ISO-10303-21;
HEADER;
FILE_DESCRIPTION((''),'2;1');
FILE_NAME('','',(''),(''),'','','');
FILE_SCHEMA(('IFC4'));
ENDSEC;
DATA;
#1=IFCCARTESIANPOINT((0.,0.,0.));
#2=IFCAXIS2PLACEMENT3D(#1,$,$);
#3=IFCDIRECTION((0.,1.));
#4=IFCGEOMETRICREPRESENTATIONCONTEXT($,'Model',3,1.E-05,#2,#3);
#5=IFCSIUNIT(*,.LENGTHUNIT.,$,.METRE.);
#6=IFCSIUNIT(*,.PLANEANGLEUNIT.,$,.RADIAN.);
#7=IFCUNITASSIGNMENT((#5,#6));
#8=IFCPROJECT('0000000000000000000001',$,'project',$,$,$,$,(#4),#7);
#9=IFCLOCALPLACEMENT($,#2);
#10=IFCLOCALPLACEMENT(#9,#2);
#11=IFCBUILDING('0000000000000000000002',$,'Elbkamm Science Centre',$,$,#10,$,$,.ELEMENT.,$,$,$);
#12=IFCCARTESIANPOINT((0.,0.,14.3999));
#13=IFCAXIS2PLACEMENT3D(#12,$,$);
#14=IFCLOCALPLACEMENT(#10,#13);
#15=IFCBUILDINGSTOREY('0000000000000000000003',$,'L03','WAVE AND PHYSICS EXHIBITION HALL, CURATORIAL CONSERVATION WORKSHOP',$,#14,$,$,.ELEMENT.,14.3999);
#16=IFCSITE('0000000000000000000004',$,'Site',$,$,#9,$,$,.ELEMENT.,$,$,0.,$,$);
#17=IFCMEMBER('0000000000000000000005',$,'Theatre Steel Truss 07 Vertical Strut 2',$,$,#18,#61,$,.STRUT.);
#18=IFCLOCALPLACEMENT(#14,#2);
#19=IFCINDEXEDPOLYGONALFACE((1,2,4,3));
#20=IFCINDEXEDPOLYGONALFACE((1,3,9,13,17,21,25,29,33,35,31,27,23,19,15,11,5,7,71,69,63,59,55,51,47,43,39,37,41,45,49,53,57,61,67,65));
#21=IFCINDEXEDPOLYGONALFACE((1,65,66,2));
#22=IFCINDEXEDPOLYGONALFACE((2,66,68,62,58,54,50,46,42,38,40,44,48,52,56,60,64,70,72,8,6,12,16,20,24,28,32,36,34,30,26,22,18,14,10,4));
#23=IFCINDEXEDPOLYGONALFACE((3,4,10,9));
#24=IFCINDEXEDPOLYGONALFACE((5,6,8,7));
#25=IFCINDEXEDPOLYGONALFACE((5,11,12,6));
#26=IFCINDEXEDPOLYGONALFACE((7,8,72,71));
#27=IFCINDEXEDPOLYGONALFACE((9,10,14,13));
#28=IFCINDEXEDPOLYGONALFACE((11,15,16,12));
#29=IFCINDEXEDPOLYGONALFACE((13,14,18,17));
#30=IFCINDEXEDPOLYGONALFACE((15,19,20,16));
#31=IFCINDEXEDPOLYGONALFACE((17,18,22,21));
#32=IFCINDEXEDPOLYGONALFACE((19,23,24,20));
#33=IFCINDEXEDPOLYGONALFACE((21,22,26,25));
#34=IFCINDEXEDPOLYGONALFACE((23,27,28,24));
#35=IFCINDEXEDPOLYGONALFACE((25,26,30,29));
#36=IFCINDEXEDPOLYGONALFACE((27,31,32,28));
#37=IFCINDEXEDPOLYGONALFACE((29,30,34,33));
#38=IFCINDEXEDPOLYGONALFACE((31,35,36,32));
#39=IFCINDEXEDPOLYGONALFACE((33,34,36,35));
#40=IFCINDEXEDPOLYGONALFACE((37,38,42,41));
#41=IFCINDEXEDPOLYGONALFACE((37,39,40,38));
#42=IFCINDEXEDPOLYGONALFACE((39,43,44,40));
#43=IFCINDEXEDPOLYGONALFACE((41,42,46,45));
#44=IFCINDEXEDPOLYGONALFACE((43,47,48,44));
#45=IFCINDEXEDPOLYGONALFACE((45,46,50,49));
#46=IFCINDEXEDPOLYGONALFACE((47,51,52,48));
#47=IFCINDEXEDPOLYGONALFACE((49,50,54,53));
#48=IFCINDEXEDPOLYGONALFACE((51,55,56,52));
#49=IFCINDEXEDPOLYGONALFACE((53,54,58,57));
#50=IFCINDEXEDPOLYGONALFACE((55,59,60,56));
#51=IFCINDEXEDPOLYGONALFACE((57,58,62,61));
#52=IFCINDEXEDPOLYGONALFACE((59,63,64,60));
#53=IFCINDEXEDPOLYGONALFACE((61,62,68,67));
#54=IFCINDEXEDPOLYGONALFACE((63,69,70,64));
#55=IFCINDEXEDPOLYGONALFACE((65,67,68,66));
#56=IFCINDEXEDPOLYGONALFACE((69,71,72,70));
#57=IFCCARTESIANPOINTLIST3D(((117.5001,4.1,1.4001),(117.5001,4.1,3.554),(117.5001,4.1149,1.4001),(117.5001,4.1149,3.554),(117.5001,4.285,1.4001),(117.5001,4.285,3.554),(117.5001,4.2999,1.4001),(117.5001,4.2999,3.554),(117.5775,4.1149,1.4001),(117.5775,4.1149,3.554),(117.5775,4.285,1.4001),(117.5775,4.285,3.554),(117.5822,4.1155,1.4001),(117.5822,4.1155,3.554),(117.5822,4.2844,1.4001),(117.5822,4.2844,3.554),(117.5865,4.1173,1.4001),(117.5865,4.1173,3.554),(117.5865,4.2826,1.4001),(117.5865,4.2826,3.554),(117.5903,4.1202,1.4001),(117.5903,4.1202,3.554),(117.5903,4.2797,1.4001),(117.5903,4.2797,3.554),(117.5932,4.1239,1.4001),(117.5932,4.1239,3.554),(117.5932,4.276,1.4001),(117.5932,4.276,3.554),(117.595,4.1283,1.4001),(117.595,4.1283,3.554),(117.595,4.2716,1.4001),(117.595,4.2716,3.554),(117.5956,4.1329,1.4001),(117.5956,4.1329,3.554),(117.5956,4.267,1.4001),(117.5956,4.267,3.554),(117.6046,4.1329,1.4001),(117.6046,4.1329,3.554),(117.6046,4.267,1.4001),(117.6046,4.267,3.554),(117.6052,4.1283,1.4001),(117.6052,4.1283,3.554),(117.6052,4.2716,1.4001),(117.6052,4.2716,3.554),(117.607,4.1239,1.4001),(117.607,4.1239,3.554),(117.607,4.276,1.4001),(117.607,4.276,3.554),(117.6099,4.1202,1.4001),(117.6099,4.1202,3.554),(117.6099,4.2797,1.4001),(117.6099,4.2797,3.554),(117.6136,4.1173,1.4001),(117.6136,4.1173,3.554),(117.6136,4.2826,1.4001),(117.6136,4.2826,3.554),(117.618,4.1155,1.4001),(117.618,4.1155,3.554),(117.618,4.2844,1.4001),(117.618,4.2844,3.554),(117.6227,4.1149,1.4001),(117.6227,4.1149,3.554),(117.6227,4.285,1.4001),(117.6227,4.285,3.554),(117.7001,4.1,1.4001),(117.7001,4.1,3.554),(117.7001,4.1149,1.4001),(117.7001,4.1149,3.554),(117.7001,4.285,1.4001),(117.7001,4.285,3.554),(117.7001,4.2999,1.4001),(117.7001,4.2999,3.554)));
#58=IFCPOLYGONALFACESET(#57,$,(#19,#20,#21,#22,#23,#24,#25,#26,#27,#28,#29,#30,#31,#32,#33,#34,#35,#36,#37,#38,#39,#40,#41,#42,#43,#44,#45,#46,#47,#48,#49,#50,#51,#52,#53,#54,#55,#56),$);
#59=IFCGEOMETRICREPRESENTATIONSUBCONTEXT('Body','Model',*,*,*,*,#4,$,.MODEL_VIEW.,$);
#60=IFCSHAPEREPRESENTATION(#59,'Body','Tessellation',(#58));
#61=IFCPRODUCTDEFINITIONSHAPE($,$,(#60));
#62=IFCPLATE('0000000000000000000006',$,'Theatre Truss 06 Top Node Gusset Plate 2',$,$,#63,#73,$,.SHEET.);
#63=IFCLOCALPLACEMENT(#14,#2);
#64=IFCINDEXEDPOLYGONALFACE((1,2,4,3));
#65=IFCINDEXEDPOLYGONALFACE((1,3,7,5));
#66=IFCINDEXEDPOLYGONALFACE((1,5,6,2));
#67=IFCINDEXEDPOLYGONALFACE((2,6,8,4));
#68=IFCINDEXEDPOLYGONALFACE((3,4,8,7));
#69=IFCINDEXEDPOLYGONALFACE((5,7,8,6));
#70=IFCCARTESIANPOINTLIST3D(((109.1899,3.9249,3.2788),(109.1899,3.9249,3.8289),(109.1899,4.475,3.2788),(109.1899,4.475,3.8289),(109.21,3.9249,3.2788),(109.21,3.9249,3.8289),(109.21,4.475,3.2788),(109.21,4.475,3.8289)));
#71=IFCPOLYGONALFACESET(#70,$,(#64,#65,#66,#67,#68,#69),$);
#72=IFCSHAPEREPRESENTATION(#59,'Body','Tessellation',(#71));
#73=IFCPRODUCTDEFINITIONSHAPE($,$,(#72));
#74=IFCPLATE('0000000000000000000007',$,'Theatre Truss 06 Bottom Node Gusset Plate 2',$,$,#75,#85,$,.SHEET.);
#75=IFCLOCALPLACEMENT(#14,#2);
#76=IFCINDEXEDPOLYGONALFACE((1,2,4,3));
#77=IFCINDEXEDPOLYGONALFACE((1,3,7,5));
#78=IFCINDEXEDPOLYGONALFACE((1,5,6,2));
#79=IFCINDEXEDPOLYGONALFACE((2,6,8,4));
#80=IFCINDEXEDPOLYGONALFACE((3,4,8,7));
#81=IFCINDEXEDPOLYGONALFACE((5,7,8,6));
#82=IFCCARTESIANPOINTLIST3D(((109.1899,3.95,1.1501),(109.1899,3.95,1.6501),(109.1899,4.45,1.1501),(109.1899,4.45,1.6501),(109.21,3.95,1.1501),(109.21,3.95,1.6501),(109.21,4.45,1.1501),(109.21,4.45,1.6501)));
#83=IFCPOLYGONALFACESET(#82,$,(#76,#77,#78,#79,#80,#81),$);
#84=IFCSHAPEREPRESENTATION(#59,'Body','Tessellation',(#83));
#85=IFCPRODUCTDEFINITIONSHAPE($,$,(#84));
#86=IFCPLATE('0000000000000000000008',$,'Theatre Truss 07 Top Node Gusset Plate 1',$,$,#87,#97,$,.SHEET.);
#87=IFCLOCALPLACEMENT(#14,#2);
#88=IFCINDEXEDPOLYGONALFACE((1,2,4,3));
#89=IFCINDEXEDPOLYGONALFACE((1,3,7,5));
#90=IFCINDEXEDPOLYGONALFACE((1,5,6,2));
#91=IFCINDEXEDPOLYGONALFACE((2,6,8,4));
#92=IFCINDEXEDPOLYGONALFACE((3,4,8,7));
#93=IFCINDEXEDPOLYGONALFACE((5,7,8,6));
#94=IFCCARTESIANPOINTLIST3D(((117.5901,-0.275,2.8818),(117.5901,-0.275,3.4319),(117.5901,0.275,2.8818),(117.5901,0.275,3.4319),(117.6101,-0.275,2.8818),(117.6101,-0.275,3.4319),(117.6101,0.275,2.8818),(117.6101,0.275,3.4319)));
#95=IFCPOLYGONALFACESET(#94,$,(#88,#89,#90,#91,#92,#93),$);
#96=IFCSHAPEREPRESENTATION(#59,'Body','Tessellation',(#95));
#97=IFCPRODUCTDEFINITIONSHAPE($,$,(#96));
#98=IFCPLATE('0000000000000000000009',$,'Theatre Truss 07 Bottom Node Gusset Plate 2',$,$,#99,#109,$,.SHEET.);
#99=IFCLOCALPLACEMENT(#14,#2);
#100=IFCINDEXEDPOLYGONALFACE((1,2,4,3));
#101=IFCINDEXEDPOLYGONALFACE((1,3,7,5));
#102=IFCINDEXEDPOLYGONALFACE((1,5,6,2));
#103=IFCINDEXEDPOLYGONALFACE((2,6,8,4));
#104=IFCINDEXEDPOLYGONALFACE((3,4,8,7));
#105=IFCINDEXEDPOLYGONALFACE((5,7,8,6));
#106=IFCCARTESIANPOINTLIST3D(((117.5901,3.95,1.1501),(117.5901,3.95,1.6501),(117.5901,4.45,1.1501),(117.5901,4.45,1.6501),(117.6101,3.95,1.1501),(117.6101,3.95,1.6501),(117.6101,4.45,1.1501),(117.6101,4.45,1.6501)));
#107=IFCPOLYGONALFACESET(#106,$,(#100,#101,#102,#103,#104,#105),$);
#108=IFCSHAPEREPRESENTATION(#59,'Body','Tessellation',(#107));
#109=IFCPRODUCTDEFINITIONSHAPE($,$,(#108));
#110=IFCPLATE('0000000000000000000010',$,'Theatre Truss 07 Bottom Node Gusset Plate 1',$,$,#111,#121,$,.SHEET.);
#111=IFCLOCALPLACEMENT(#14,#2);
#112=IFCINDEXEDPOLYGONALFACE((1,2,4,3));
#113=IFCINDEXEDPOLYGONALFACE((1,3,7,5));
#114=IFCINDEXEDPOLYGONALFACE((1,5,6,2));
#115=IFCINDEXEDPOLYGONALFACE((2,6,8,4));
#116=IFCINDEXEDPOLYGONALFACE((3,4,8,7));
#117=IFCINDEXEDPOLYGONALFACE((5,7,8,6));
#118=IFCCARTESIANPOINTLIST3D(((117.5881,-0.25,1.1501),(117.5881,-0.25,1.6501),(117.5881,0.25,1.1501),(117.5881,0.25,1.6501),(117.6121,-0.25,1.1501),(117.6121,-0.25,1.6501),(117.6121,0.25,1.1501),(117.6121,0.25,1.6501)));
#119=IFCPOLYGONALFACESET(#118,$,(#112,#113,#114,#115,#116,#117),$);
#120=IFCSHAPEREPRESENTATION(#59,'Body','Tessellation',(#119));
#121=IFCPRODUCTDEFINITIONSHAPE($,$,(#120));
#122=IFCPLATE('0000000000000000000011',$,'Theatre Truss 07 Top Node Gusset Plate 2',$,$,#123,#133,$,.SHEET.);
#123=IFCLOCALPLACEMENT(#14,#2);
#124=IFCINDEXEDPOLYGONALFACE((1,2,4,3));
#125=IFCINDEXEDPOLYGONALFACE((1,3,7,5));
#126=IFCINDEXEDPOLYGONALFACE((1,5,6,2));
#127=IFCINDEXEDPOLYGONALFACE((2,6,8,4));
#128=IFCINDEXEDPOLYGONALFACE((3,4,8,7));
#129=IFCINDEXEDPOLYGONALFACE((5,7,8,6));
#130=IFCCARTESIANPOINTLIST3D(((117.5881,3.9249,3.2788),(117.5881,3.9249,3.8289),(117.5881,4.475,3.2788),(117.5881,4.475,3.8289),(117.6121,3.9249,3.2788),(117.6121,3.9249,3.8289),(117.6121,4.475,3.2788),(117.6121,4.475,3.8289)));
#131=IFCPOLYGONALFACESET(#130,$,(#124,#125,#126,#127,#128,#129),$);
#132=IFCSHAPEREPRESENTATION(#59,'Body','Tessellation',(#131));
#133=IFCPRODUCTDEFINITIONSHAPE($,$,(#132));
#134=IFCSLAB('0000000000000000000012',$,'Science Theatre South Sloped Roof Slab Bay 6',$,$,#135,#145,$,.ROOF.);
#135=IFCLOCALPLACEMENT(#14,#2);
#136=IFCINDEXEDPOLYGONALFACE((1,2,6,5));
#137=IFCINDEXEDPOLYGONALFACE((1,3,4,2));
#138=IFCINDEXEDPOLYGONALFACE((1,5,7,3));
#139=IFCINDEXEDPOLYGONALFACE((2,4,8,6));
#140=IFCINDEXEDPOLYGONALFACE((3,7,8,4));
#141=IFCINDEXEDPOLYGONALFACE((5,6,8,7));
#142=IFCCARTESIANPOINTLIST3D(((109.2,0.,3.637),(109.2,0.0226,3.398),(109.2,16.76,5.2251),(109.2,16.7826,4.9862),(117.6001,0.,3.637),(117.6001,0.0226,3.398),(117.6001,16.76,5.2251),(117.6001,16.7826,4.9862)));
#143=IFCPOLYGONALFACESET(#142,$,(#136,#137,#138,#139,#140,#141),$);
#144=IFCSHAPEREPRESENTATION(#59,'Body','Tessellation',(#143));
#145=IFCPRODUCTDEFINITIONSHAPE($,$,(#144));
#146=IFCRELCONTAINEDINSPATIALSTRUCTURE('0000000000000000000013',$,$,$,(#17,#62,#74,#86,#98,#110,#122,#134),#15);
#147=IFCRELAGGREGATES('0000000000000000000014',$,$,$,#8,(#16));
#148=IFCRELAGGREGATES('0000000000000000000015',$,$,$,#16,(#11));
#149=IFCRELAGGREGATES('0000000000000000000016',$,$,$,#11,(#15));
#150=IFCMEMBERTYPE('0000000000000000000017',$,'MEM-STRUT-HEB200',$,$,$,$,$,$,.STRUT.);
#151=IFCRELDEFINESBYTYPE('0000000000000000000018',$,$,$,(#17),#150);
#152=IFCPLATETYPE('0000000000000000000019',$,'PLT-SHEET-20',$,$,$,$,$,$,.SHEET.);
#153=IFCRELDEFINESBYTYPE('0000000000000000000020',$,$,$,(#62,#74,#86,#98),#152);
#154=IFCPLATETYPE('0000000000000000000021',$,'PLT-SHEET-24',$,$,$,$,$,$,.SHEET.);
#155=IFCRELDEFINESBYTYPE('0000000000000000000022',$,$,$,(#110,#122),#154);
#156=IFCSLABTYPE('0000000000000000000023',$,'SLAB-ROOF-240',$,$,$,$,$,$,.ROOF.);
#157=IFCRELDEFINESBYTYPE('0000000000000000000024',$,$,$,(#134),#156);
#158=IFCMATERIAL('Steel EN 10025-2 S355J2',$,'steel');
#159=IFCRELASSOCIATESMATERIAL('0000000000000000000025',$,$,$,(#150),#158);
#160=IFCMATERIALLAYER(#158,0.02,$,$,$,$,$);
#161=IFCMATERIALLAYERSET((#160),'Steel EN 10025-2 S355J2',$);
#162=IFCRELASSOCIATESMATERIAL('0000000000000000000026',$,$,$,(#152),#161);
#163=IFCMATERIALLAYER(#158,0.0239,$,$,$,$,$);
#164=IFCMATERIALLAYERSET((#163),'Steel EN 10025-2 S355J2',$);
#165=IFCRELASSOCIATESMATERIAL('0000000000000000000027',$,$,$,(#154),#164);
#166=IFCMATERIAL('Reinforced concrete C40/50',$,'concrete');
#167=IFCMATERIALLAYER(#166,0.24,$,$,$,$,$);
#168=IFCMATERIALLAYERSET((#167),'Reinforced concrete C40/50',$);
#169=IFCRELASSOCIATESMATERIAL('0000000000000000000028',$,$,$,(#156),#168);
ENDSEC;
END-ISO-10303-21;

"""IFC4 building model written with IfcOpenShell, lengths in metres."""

from ifc_helpers import new_model, si_unit, direction, frame, origin, origin_2d, place, context, subcontext, project, spatial, polyline, rectangle, i_section, outline, extrude, material, layer, layer_set, material_profile, profile_set, type_object, element, save


model = new_model("IFC4")

# Units and contexts
model_context = context("Model", 3, precision=1e-05, world=origin(), true_north=direction((0.0, 1.0)))
body_context = subcontext(model_context, "Body", "Model", "MODEL_VIEW")
ifc_project = project(units=[si_unit("LENGTHUNIT", "METRE"), si_unit("PLANEANGLEUNIT", "RADIAN")], contexts=[model_context])

# Site, building, storey
site_placement = place(None, origin())
site = spatial("IfcSite", under=ifc_project, at=site_placement, Name="Site", CompositionType="ELEMENT", RefElevation=0.0)
building_placement = place(site_placement, origin())
building = spatial("IfcBuilding", under=site, at=building_placement, Name="Elbkamm Science Centre", CompositionType="ELEMENT")
storey_placement = place(building_placement, frame((0.0, 0.0, 14.3999)))
storey = spatial("IfcBuildingStorey", under=building, at=storey_placement, Name="L03", Description="WAVE AND PHYSICS EXHIBITION HALL, CURATORIAL CONSERVATION WORKSHOP", CompositionType="ELEMENT", Elevation=14.3999)

# Shared definitions
ifc_material_1 = material(Name="Steel EN 10025-2 S355J2", Category="steel")

# Member
ifc_material_profile_1 = material_profile(ifc_material_1, i_section(OverallWidth=0.2, OverallDepth=0.2, WebThickness=0.009, FlangeThickness=0.0149, FilletRadius=0.0181, at=origin_2d()), Name="HEB 200")
ifc_profile_set_1 = profile_set([ifc_material_profile_1], Name="Steel EN 10025-2 S355J2")
member_type_1 = type_object("IfcMemberType", Name="MEM-STRUT-HEB200", PredefinedType="STRUT", material=ifc_profile_set_1)
member_1_placement = place(storey_placement, frame((117.6001, 4.2, 1.4001), z_axis=(0.0, 0.0, 1.0), x_axis=(1.0, 0.0, 0.0)))
element("IfcMember", 1, at=member_1_placement, inside=storey, type_object=member_type_1, Name="Theatre Steel Truss 07 Vertical Strut 2", PredefinedType="STRUT", context=body_context, shape_type="SweptSolid", body=[
    extrude(i_section(OverallWidth=0.2, OverallDepth=0.2, WebThickness=0.009, FlangeThickness=0.0149, FilletRadius=0.0181, at=origin_2d()), origin(), (0.0, 0.0, 1.0), 2.1538),
])

# Plates
ifc_layer_1 = layer(ifc_material_1, 0.02)
ifc_layer_set_1 = layer_set([ifc_layer_1], Name="Steel EN 10025-2 S355J2")
plate_type_1 = type_object("IfcPlateType", Name="PLT-SHEET-20", PredefinedType="SHEET", material=ifc_layer_set_1)
plate_1_placement = place(storey_placement, frame((109.2, 4.2, 3.2788), z_axis=(0.0, 0.0, 1.0), x_axis=(1.0, 0.0, 0.0)))
element("IfcPlate", 2, at=plate_1_placement, inside=storey, type_object=plate_type_1, Name="Theatre Truss 06 Top Node Gusset Plate 2", PredefinedType="SHEET", context=body_context, shape_type="SweptSolid", body=[
    extrude(rectangle(XDim=0.02, YDim=0.55, at=origin_2d()), origin(), (0.0, 0.0, 1.0), 0.55),
])
plate_2_placement = place(storey_placement, frame((109.2, 4.2, 1.1501), z_axis=(0.0, 0.0, 1.0), x_axis=(1.0, 0.0, 0.0)))
element("IfcPlate", 3, at=plate_2_placement, inside=storey, type_object=plate_type_1, Name="Theatre Truss 06 Bottom Node Gusset Plate 2", PredefinedType="SHEET", context=body_context, shape_type="SweptSolid", body=[
    extrude(rectangle(XDim=0.02, YDim=0.5, at=origin_2d()), origin(), (0.0, 0.0, 1.0), 0.5),
])
plate_3_placement = place(storey_placement, frame((117.6001, 0.0, 2.8818), z_axis=(0.0, 0.0, 1.0), x_axis=(1.0, 0.0, 0.0)))
element("IfcPlate", 4, at=plate_3_placement, inside=storey, type_object=plate_type_1, Name="Theatre Truss 07 Top Node Gusset Plate 1", PredefinedType="SHEET", context=body_context, shape_type="SweptSolid", body=[
    extrude(rectangle(XDim=0.02, YDim=0.55, at=origin_2d()), origin(), (0.0, 0.0, 1.0), 0.55),
])
plate_4_placement = place(storey_placement, frame((117.6001, 4.2, 1.1501), z_axis=(0.0, 0.0, 1.0), x_axis=(1.0, 0.0, 0.0)))
element("IfcPlate", 5, at=plate_4_placement, inside=storey, type_object=plate_type_1, Name="Theatre Truss 07 Bottom Node Gusset Plate 2", PredefinedType="SHEET", context=body_context, shape_type="SweptSolid", body=[
    extrude(rectangle(XDim=0.02, YDim=0.5, at=origin_2d()), origin(), (0.0, 0.0, 1.0), 0.5),
])
ifc_layer_2 = layer(ifc_material_1, 0.0239)
ifc_layer_set_2 = layer_set([ifc_layer_2], Name="Steel EN 10025-2 S355J2")
plate_type_2 = type_object("IfcPlateType", Name="PLT-SHEET-24", PredefinedType="SHEET", material=ifc_layer_set_2)
plate_5_placement = place(storey_placement, frame((117.6001, 0.0, 1.1501), z_axis=(0.0, 0.0, 1.0), x_axis=(1.0, 0.0, 0.0)))
element("IfcPlate", 6, at=plate_5_placement, inside=storey, type_object=plate_type_2, Name="Theatre Truss 07 Bottom Node Gusset Plate 1", PredefinedType="SHEET", context=body_context, shape_type="SweptSolid", body=[
    extrude(rectangle(XDim=0.0239, YDim=0.5, at=origin_2d()), origin(), (0.0, 0.0, 1.0), 0.5),
])
plate_6_placement = place(storey_placement, frame((117.6001, 4.2, 3.2788), z_axis=(0.0, 0.0, 1.0), x_axis=(1.0, 0.0, 0.0)))
element("IfcPlate", 7, at=plate_6_placement, inside=storey, type_object=plate_type_2, Name="Theatre Truss 07 Top Node Gusset Plate 2", PredefinedType="SHEET", context=body_context, shape_type="SweptSolid", body=[
    extrude(rectangle(XDim=0.0239, YDim=0.55, at=origin_2d()), origin(), (0.0, 0.0, 1.0), 0.55),
])

# Slab
ifc_material_2 = material(Name="Reinforced concrete C40/50", Category="concrete")
ifc_layer_3 = layer(ifc_material_2, 0.24)
ifc_layer_set_3 = layer_set([ifc_layer_3], Name="Reinforced concrete C40/50")
slab_type = type_object("IfcSlabType", Name="SLAB-ROOF-240", PredefinedType="ROOF", material=ifc_layer_set_3)
slab_placement = place(storey_placement, frame((109.2, 0.0, 3.637), z_axis=(0.0, -0.094335, 0.995541), x_axis=(1.0, 0.0, 0.0)))
element("IfcSlab", 8, at=slab_placement, inside=storey, type_object=slab_type, Name="Science Theatre South Sloped Roof Slab Bay 6", PredefinedType="ROOF", context=body_context, shape_type="SweptSolid", body=[
    extrude(outline(polyline([(0.0, 0.0), (8.4001, 0.0), (8.4001, 16.8351), (0.0, 16.8351), (0.0, 0.0)])), origin(), (0.0, 0.0, -1.0), 0.24),
])

save(model, "model.ifc")
